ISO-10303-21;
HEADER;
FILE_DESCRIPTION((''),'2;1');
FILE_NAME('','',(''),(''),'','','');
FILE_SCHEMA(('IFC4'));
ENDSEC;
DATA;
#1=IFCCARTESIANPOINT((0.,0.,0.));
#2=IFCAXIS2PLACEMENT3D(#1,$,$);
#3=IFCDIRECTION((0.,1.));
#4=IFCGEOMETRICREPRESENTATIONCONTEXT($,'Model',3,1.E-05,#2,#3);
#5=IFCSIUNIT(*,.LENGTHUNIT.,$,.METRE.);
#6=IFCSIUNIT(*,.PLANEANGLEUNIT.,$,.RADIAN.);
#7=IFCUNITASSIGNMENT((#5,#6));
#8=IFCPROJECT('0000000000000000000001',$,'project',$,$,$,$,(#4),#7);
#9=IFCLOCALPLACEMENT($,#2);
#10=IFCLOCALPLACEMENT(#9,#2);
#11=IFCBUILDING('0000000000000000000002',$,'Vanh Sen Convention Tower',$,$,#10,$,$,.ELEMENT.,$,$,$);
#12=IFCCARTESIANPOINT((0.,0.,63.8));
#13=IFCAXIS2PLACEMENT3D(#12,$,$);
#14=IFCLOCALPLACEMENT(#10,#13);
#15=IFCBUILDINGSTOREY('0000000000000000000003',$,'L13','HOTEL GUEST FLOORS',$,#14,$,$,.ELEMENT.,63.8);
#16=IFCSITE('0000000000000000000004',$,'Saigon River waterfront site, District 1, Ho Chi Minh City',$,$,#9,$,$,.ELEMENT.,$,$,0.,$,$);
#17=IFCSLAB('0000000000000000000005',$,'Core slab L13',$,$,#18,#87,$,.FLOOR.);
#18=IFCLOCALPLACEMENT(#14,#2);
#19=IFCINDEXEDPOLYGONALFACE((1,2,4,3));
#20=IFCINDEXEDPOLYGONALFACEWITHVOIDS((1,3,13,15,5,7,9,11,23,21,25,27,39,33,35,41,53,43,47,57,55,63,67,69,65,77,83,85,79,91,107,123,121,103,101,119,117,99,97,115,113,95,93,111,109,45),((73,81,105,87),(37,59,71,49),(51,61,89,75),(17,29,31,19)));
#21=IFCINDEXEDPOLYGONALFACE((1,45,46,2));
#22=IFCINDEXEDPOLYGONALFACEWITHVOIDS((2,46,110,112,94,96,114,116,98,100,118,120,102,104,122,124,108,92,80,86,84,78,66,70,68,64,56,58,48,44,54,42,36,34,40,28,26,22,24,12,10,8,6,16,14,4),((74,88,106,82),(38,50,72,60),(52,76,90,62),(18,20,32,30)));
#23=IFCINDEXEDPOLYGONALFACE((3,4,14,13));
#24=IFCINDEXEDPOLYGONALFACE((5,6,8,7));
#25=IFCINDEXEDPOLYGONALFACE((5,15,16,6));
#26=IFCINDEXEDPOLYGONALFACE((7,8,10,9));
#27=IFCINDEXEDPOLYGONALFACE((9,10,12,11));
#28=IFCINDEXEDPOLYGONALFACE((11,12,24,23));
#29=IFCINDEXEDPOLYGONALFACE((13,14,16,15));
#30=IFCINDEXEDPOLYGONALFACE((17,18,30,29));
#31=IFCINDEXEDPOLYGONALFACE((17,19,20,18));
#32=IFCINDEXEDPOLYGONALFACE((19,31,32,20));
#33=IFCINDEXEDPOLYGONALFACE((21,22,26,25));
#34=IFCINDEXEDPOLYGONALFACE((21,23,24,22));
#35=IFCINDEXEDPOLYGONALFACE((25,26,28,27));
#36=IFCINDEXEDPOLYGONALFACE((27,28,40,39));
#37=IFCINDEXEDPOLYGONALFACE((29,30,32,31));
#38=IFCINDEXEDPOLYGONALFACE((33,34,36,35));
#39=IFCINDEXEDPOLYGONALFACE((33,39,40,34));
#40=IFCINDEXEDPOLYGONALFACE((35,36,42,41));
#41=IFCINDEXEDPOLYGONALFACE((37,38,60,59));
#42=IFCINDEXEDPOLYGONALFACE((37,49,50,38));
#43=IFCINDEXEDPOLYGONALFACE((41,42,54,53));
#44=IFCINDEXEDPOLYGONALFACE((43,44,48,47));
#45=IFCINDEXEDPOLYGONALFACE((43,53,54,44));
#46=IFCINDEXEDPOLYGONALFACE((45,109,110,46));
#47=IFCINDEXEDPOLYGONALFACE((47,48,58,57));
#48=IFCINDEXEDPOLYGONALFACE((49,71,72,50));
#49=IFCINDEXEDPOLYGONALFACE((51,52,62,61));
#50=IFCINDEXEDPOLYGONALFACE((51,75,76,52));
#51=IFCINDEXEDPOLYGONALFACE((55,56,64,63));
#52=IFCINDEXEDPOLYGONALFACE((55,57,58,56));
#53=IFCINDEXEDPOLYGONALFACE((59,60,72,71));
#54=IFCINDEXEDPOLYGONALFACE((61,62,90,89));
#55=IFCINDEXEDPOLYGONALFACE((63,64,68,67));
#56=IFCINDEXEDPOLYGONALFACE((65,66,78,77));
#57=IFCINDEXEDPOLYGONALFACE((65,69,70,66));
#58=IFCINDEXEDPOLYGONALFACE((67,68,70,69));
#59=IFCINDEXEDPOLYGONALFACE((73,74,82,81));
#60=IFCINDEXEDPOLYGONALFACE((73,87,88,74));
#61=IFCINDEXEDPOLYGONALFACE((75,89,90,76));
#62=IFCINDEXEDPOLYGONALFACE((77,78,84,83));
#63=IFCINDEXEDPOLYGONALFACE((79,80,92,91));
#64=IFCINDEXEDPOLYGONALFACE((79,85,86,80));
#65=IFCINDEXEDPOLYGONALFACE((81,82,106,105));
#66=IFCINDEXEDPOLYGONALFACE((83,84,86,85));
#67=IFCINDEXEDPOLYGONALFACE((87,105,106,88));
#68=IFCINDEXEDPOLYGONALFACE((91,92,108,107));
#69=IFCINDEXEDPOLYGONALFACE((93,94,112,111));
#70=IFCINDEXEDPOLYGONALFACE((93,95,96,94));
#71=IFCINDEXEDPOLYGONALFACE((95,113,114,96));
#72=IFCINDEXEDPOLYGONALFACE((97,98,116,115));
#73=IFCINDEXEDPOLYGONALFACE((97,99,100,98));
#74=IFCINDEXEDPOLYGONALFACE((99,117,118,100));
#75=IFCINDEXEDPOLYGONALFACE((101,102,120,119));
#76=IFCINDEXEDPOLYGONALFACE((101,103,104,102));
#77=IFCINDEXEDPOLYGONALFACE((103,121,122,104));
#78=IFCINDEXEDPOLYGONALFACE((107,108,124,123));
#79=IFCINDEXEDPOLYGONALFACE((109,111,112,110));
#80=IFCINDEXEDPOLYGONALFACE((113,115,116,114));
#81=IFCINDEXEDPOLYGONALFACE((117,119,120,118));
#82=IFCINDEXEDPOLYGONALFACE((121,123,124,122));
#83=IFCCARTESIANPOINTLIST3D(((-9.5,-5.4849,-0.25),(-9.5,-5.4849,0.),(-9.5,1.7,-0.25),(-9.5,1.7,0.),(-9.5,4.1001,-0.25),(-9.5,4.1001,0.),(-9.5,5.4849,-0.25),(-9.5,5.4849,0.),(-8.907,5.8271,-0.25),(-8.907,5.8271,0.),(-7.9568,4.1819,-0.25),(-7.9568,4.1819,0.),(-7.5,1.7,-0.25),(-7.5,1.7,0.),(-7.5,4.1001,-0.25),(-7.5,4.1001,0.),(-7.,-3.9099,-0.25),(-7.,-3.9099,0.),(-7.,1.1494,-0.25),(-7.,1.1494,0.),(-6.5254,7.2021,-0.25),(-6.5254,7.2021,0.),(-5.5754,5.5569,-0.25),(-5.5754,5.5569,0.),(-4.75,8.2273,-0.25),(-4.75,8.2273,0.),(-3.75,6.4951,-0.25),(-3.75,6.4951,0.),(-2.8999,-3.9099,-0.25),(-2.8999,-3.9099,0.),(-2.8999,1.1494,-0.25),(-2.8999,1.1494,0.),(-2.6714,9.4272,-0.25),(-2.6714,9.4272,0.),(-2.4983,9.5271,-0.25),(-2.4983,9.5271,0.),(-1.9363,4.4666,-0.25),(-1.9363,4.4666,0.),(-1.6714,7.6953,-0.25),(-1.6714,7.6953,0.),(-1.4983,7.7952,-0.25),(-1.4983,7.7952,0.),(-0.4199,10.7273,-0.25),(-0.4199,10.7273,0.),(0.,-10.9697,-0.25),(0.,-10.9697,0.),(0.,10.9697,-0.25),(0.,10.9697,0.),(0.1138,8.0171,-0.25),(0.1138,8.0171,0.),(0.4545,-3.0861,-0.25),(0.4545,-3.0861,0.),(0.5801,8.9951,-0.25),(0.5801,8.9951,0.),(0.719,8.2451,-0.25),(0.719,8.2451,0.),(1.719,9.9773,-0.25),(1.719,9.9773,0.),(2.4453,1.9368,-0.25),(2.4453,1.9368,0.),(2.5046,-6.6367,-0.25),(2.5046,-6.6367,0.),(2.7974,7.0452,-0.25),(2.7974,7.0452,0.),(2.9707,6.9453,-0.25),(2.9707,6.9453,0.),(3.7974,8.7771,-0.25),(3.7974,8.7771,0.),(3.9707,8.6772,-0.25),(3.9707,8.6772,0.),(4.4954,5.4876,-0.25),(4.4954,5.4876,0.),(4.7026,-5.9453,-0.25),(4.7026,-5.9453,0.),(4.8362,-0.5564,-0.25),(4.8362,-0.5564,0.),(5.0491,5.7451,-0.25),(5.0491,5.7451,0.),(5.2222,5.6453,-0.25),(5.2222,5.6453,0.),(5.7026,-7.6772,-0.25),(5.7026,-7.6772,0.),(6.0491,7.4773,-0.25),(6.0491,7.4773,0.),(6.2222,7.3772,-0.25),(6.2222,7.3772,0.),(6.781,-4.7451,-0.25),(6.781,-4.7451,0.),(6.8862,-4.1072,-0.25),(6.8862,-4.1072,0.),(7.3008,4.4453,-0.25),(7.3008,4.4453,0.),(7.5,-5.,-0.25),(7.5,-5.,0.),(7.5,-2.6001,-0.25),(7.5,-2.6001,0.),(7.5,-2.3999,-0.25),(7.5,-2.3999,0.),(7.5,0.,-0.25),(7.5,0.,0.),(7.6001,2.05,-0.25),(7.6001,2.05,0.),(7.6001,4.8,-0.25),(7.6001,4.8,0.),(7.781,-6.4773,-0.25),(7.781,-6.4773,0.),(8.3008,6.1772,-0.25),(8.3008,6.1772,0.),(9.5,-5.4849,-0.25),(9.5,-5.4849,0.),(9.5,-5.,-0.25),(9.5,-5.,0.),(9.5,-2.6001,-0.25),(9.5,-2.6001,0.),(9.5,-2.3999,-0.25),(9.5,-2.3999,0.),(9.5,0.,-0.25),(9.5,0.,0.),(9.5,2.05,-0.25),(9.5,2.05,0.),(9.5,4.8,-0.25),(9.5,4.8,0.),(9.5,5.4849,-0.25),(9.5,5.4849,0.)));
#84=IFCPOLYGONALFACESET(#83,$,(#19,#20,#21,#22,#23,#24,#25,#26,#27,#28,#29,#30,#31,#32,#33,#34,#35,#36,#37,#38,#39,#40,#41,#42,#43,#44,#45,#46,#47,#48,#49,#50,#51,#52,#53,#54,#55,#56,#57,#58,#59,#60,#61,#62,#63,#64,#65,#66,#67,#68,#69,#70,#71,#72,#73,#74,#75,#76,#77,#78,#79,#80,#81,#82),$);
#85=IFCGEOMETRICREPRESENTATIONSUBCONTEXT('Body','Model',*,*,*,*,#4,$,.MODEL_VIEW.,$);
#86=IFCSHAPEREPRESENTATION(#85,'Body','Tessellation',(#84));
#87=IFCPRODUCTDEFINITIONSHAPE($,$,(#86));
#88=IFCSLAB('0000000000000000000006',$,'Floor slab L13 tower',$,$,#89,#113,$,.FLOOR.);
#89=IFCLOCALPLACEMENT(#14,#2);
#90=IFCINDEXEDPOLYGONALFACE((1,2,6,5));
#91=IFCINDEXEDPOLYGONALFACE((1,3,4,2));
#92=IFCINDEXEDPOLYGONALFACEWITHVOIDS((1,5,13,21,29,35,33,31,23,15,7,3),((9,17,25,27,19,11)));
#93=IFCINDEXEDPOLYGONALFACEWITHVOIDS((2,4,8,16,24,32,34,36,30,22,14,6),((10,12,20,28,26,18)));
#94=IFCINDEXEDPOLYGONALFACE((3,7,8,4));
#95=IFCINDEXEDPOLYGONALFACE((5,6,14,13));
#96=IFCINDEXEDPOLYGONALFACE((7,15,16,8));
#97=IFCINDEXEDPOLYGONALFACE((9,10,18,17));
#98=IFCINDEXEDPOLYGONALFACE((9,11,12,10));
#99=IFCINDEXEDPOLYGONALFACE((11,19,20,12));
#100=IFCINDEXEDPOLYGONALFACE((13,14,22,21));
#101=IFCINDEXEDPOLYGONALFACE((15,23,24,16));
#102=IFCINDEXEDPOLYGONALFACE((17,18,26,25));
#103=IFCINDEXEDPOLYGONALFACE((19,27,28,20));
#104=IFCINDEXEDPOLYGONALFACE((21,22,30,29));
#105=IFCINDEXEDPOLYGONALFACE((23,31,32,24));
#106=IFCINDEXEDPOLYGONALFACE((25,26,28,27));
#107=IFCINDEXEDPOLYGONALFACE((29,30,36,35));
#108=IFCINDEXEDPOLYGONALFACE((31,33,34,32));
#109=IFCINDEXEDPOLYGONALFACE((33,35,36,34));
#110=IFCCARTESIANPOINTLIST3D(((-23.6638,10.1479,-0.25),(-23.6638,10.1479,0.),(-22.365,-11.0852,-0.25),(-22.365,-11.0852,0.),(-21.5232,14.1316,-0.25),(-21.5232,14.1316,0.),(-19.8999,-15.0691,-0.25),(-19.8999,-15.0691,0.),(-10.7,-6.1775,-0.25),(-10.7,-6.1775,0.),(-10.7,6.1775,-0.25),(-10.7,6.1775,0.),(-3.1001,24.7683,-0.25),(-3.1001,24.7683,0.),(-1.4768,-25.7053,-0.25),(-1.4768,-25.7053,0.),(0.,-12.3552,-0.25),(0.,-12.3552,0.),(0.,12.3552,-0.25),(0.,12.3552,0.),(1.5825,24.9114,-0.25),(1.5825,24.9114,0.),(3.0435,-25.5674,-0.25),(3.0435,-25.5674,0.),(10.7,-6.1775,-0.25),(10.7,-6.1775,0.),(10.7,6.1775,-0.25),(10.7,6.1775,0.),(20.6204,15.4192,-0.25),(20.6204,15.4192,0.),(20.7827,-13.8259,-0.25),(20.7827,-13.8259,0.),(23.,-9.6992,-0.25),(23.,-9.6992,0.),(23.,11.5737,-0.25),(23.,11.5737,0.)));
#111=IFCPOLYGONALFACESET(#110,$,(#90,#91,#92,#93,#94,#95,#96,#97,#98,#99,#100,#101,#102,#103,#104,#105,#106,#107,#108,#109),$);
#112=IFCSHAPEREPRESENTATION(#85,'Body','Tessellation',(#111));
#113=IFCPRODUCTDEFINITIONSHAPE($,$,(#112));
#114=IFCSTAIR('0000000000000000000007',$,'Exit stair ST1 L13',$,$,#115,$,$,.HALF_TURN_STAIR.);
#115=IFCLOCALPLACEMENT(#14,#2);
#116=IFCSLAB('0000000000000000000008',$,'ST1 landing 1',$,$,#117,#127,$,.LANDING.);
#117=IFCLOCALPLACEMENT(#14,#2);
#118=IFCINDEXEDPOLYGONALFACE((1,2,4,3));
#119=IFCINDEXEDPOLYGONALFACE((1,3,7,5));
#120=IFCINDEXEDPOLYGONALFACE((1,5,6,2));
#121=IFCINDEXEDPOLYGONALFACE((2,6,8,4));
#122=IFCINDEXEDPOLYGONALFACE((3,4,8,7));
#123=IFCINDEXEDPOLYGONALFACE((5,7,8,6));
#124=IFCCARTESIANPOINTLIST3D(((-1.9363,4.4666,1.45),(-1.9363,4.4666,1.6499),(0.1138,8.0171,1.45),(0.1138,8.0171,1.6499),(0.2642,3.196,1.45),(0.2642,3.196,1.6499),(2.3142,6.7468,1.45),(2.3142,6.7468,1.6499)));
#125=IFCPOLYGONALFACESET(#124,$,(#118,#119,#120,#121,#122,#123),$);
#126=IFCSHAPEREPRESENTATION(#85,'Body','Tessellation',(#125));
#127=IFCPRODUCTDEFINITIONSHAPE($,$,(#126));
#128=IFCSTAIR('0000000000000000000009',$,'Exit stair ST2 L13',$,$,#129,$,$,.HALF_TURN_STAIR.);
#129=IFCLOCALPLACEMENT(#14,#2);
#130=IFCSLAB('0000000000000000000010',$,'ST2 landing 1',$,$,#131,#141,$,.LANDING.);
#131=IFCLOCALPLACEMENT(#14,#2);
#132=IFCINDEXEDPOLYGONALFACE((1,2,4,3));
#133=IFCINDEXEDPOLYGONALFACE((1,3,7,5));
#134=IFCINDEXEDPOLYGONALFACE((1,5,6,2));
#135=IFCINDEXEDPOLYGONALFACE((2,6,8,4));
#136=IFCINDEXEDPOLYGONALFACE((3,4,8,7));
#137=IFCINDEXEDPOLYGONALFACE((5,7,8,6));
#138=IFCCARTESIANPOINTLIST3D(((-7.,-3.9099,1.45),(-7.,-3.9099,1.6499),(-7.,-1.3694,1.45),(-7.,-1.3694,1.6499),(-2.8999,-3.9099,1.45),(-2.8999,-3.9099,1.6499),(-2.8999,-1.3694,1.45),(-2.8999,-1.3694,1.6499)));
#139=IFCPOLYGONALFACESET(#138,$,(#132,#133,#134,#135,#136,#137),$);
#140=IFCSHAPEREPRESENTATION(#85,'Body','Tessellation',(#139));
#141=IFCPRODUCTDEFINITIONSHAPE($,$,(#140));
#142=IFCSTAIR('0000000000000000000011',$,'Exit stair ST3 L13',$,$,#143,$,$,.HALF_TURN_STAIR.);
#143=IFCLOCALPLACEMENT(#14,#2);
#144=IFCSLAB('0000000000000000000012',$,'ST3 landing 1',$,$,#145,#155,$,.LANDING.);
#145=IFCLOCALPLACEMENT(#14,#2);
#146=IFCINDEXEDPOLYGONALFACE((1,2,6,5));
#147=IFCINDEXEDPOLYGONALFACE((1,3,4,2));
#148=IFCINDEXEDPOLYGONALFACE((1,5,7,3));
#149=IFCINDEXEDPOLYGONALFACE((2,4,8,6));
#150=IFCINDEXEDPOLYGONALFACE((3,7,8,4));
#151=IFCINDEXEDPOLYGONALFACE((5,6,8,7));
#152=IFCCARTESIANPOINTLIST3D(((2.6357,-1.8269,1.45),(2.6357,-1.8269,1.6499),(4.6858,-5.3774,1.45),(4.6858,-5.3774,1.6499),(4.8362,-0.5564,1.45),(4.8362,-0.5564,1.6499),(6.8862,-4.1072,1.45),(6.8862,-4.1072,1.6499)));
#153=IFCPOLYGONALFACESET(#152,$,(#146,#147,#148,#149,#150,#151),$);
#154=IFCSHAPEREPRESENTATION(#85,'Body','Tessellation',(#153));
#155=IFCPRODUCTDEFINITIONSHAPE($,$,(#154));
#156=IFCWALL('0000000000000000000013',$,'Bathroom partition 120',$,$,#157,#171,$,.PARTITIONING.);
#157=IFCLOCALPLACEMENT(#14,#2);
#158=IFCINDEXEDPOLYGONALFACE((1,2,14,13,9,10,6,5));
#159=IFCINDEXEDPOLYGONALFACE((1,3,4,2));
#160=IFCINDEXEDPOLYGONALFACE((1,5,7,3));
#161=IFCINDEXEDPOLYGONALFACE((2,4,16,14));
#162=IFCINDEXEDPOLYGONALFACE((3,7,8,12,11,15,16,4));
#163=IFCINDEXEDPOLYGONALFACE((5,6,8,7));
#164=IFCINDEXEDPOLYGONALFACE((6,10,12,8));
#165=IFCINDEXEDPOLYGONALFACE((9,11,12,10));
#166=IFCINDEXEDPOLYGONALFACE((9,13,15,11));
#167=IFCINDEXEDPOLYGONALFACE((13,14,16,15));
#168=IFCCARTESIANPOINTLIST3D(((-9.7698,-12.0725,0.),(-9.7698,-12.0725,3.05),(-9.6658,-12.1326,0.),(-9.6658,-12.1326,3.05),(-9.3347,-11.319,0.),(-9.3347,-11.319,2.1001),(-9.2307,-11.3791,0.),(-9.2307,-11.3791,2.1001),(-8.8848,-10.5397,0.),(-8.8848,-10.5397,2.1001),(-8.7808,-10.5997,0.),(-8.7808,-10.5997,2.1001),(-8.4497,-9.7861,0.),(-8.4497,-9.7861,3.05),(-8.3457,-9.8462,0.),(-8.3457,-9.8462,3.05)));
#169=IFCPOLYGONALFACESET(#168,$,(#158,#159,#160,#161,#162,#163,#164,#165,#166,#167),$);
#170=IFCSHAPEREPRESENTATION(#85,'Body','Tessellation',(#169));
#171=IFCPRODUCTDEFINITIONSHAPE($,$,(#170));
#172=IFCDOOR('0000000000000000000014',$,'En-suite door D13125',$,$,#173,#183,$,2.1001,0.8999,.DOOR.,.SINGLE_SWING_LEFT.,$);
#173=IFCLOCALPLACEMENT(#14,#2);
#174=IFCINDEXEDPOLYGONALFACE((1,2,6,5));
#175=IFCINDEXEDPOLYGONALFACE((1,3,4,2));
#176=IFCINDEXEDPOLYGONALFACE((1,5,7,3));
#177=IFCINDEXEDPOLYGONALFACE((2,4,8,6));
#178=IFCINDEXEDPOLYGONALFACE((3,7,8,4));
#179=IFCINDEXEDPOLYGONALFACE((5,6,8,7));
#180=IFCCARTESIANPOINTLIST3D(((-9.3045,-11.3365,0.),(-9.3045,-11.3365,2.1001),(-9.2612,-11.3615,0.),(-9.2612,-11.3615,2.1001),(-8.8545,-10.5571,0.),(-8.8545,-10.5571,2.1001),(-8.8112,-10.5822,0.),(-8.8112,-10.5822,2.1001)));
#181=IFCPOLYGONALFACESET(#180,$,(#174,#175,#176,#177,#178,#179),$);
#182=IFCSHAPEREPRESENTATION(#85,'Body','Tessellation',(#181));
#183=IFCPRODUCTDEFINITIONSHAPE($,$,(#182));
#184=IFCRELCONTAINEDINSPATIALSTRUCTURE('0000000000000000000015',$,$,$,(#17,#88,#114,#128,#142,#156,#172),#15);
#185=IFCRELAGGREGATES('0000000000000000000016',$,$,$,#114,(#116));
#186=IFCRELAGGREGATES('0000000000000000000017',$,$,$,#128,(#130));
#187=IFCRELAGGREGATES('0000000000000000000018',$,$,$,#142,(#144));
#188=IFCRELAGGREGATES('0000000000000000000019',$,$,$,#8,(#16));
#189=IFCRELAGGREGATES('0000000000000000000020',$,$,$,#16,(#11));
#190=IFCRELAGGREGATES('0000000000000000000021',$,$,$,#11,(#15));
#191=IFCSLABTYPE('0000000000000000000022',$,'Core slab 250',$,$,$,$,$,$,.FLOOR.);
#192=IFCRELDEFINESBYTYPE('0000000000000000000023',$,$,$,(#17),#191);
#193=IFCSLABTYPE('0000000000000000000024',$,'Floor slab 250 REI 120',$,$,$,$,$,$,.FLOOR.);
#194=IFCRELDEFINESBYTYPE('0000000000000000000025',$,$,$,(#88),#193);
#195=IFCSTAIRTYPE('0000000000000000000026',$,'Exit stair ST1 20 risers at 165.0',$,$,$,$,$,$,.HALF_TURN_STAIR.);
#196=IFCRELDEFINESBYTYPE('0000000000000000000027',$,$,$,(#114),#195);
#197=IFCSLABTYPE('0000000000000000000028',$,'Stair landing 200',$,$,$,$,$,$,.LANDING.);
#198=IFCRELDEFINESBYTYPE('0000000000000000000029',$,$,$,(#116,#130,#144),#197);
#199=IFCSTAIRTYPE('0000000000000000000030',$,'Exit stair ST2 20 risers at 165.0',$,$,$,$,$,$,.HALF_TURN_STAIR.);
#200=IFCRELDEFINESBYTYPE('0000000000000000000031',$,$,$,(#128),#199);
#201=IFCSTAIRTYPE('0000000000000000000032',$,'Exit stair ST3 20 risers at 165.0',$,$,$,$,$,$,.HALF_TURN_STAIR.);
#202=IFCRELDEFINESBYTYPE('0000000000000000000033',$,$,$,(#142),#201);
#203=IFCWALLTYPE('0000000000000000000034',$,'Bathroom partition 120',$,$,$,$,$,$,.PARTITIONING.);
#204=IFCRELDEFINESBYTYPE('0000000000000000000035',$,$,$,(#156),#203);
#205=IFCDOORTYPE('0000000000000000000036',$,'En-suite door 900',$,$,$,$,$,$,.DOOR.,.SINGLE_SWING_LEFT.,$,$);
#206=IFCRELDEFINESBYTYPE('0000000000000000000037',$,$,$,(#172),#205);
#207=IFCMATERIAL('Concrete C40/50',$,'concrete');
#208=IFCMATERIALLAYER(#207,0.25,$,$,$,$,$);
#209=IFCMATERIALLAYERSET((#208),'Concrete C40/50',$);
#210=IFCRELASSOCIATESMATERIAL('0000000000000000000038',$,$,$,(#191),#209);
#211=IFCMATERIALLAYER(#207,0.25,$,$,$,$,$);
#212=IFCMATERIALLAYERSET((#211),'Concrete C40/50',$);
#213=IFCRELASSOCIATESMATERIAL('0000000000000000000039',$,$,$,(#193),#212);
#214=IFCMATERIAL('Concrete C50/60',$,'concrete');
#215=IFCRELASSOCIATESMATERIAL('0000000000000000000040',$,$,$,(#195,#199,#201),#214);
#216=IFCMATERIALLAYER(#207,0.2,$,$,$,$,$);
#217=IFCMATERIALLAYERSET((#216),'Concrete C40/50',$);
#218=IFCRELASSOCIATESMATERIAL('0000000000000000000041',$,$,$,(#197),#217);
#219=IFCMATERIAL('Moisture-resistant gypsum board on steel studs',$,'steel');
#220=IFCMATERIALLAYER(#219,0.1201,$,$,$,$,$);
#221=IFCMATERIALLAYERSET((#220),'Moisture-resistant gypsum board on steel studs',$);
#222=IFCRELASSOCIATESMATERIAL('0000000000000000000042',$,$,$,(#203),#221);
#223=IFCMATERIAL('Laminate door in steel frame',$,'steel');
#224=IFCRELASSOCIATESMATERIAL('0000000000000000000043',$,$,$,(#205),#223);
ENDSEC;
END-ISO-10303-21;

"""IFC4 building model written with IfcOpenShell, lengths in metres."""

from ifc_helpers import new_model, si_unit, direction, frame, frame_2d, origin, place, context, subcontext, project, spatial, polyline, rectangle, outline, extrude, material, layer, layer_set, type_object, element, fill, aggregate, save


model = new_model("IFC4")

# Units and contexts
model_context = context("Model", 3, precision=1e-05, world=origin(), true_north=direction((0.0, 1.0)))
body_context = subcontext(model_context, "Body", "Model", "MODEL_VIEW")
ifc_project = project(units=[si_unit("LENGTHUNIT", "METRE"), si_unit("PLANEANGLEUNIT", "RADIAN")], contexts=[model_context])

# Site, building, storey
site_placement = place(None, origin())
site = spatial("IfcSite", under=ifc_project, at=site_placement, Name="Saigon River waterfront site, District 1, Ho Chi Minh City", CompositionType="ELEMENT", RefElevation=0.0)
building_placement = place(site_placement, origin())
building = spatial("IfcBuilding", under=site, at=building_placement, Name="Vanh Sen Convention Tower", CompositionType="ELEMENT")
storey_placement = place(building_placement, frame((0.0, 0.0, 63.8)))
storey = spatial("IfcBuildingStorey", under=building, at=storey_placement, Name="L13", Description="HOTEL GUEST FLOORS", CompositionType="ELEMENT", Elevation=63.8)

# Slabs
ifc_material_1 = material(Name="Concrete C40/50", Category="concrete")
ifc_layer_1 = layer(ifc_material_1, 0.25)
ifc_layer_set_1 = layer_set([ifc_layer_1], Name="Concrete C40/50")
slab_type_1 = type_object("IfcSlabType", Name="Core slab 250", PredefinedType="FLOOR", material=ifc_layer_set_1)
slab_1_placement = place(storey_placement, frame((0.0, 0.0, -0.25)))
element("IfcSlab", 1, at=slab_1_placement, inside=storey, type_object=slab_type_1, Name="Core slab L13", PredefinedType="FLOOR", context=body_context, shape_type="SweptSolid", body=[
    extrude(outline(polyline([(9.5, 5.4849), (9.5, 4.8), (7.6001, 4.8), (7.6001, 2.05), (9.5, 2.05), (9.5, 0.0), (7.5, 0.0), (7.5, -2.3999), (9.5, -2.3999), (9.5, -2.6001), (7.5, -2.6001), (7.5, -5.0), (9.5, -5.0), (9.5, -5.4849), (0.0, -10.9697), (-9.5, -5.4849), (-9.5, 1.7), (-7.5, 1.7), (-7.5, 4.1001), (-9.5, 4.1001), (-9.5, 5.4849), (-8.907, 5.8271), (-7.9568, 4.1819), (-5.5754, 5.5569), (-6.5254, 7.2021), (-4.75, 8.2273), (-3.75, 6.4951), (-1.6714, 7.6953), (-2.6714, 9.4272), (-2.4983, 9.5271), (-1.4983, 7.7952), (0.5801, 8.9951), (-0.4199, 10.7273), (0.0, 10.9697), (1.719, 9.9773), (0.719, 8.2451), (2.7974, 7.0452), (3.7974, 8.7771), (3.9707, 8.6772), (2.9707, 6.9453), (5.0491, 5.7451), (6.0491, 7.4773), (6.2222, 7.3772), (5.2222, 5.6453), (7.3008, 4.4453), (8.3008, 6.1772), (9.5, 5.4849)]), holes=[polyline([(-7.0, 3.1499), (-7.0, -3.9099), (-2.8999, -3.9099), (-2.8999, 3.1499), (-2.8999, 1.1494), (-7.0, 1.1494), (-7.0, 3.1499)]), polyline([(4.4954, 5.4875), (6.228, 4.4873), (0.1138, 8.0171), (-1.9363, 4.4666), (2.4453, 1.9368), (4.4954, 5.4875)]), polyline([(7.781, -6.4773), (6.781, -4.7451), (4.7026, -5.9453), (5.7026, -7.6772), (7.781, -6.4773)]), polyline([(0.4546, -3.0862), (2.5046, -6.6367), (6.8862, -4.1072), (4.8362, -0.5564), (-1.2781, -4.0864), (0.4546, -3.0862)])]), origin(), (0.0, 0.0, 1.0), 0.25),
])
ifc_layer_2 = layer(ifc_material_1, 0.25)
ifc_layer_set_2 = layer_set([ifc_layer_2], Name="Concrete C40/50")
slab_type_2 = type_object("IfcSlabType", Name="Floor slab 250 REI 120", PredefinedType="FLOOR", material=ifc_layer_set_2)
slab_2_placement = place(storey_placement, frame((0.0, 0.0, -0.25)))
element("IfcSlab", 2, at=slab_2_placement, inside=storey, type_object=slab_type_2, Name="Floor slab L13 tower", PredefinedType="FLOOR", context=body_context, shape_type="SweptSolid", body=[
    extrude(outline(polyline([(23.0, -9.6992), (23.0, 11.5737), (20.6204, 15.4192), (1.5825, 24.9114), (-3.1001, 24.7683), (-21.5232, 14.1316), (-23.6638, 10.1479), (-22.365, -11.0852), (-19.8999, -15.0691), (-1.4768, -25.7053), (3.0435, -25.5674), (20.7827, -13.8259), (23.0, -9.6992)]), holes=[polyline([(0.0, 12.3552), (-10.7, 6.1775), (-10.7, -6.1775), (0.0, -12.3552), (10.7, -6.1775), (10.7, 6.1775), (0.0, 12.3552)])]), origin(), (0.0, 0.0, 1.0), 0.25),
])

# Stairs, slabs
ifc_material_2 = material(Name="Concrete C50/60", Category="concrete")
stair_type_1 = type_object("IfcStairType", Name="Exit stair ST1 20 risers at 165.0", PredefinedType="HALF_TURN_STAIR", material=ifc_material_2)
stair_1_placement = place(storey_placement, origin())
stair_1 = element("IfcStair", 3, at=stair_1_placement, inside=storey, type_object=stair_type_1, Name="Exit stair ST1 L13", PredefinedType="HALF_TURN_STAIR")
ifc_layer_3 = layer(ifc_material_1, 0.2)
ifc_layer_set_3 = layer_set([ifc_layer_3], Name="Concrete C40/50")
slab_type_3 = type_object("IfcSlabType", Name="Stair landing 200", PredefinedType="LANDING", material=ifc_layer_set_3)
slab_3_placement = place(storey_placement, frame((0.0, 0.0, 1.45)))
slab_3 = element("IfcSlab", 4, at=slab_3_placement, type_object=slab_type_3, Name="ST1 landing 1", PredefinedType="LANDING", context=body_context, shape_type="SweptSolid", body=[
    extrude(outline(polyline([(2.3142, 6.7468), (0.1138, 8.0171), (-1.9363, 4.4666), (0.2642, 3.196), (2.3142, 6.7468)])), origin(), (0.0, 0.0, 1.0), 0.2),
])
aggregate(stair_1, [slab_3])
stair_type_2 = type_object("IfcStairType", Name="Exit stair ST2 20 risers at 165.0", PredefinedType="HALF_TURN_STAIR", material=ifc_material_2)
stair_2_placement = place(storey_placement, origin())
stair_2 = element("IfcStair", 5, at=stair_2_placement, inside=storey, type_object=stair_type_2, Name="Exit stair ST2 L13", PredefinedType="HALF_TURN_STAIR")
slab_4_placement = place(storey_placement, frame((0.0, 0.0, 1.45)))
slab_4 = element("IfcSlab", 6, at=slab_4_placement, type_object=slab_type_3, Name="ST2 landing 1", PredefinedType="LANDING", context=body_context, shape_type="SweptSolid", body=[
    extrude(outline(polyline([(-7.0, -1.3694), (-7.0, -3.9099), (-2.8999, -3.9099), (-2.8999, -1.3694), (-7.0, -1.3694)])), origin(), (0.0, 0.0, 1.0), 0.2),
])
aggregate(stair_2, [slab_4])
stair_type_3 = type_object("IfcStairType", Name="Exit stair ST3 20 risers at 165.0", PredefinedType="HALF_TURN_STAIR", material=ifc_material_2)
stair_3_placement = place(storey_placement, origin())
stair_3 = element("IfcStair", 7, at=stair_3_placement, inside=storey, type_object=stair_type_3, Name="Exit stair ST3 L13", PredefinedType="HALF_TURN_STAIR")
slab_5_placement = place(storey_placement, frame((0.0, 0.0, 1.45)))
slab_5 = element("IfcSlab", 8, at=slab_5_placement, type_object=slab_type_3, Name="ST3 landing 1", PredefinedType="LANDING", context=body_context, shape_type="SweptSolid", body=[
    extrude(outline(polyline([(4.6858, -5.3774), (6.8862, -4.1072), (4.8362, -0.5564), (2.6357, -1.8269), (4.6858, -5.3774)])), origin(), (0.0, 0.0, 1.0), 0.2),
])
aggregate(stair_3, [slab_5])

# Wall, opening, door
ifc_material_3 = material(Name="Moisture-resistant gypsum board on steel studs", Category="steel")
ifc_layer_4 = layer(ifc_material_3, 0.1201)
ifc_layer_set_4 = layer_set([ifc_layer_4], Name="Moisture-resistant gypsum board on steel studs")
wall_type_1 = type_object("IfcWallType", Name="Bathroom partition 120", PredefinedType="PARTITIONING", material=ifc_layer_set_4)
wall_1_placement = place(storey_placement, frame((-8.3977, -9.8162, 0.0), z_axis=(0.0, 0.0, 1.0), x_axis=(-0.500008, -0.866021, 0.0)))
wall_1 = element("IfcWall", 9, at=wall_1_placement, inside=storey, type_object=wall_type_1, Name="Bathroom partition 120", PredefinedType="PARTITIONING", context=body_context, shape_type="SweptSolid", body=[
    extrude(rectangle(XDim=2.6401, YDim=0.1201, at=frame_2d((1.3201, 0.0))), origin(), (0.0, 0.0, 1.0), 3.05),
])
opening_1_placement = place(wall_1_placement, frame((0.8701, 0.0, 0.0)))
opening_1 = element("IfcOpeningElement", 10, at=opening_1_placement, cuts=wall_1, PredefinedType="OPENING", context=body_context, shape_type="SweptSolid", body=[
    extrude(rectangle(XDim=0.8999, YDim=2.1001, at=frame_2d((0.45, 1.05))), frame((0.0, 0.0701, 0.0), z_axis=(0.0, -1.0, 0.0), x_axis=(1.0, 0.0, 0.0)), (0.0, 0.0, 1.0), 0.1401),
])
ifc_material_4 = material(Name="Laminate door in steel frame", Category="steel")
door_type_1 = type_object("IfcDoorType", Name="En-suite door 900", OperationType="SINGLE_SWING_LEFT", PredefinedType="DOOR", material=ifc_material_4)
door_1_placement = place(opening_1_placement, origin())
door_1 = element("IfcDoor", 11, at=door_1_placement, inside=storey, type_object=door_type_1, Name="En-suite door D13125", OperationType="SINGLE_SWING_LEFT", OverallHeight=2.1001, OverallWidth=0.8999, PredefinedType="DOOR", context=body_context, shape_type="SweptSolid", body=[
    extrude(rectangle(XDim=0.8999, YDim=2.1001, at=frame_2d((0.45, 1.05))), frame((0.0, 0.0249, 0.0), z_axis=(0.0, -1.0, 0.0), x_axis=(1.0, 0.0, 0.0)), (0.0, 0.0, 1.0), 0.05),
])
fill(opening_1, door_1)

save(model, "model.ifc")
